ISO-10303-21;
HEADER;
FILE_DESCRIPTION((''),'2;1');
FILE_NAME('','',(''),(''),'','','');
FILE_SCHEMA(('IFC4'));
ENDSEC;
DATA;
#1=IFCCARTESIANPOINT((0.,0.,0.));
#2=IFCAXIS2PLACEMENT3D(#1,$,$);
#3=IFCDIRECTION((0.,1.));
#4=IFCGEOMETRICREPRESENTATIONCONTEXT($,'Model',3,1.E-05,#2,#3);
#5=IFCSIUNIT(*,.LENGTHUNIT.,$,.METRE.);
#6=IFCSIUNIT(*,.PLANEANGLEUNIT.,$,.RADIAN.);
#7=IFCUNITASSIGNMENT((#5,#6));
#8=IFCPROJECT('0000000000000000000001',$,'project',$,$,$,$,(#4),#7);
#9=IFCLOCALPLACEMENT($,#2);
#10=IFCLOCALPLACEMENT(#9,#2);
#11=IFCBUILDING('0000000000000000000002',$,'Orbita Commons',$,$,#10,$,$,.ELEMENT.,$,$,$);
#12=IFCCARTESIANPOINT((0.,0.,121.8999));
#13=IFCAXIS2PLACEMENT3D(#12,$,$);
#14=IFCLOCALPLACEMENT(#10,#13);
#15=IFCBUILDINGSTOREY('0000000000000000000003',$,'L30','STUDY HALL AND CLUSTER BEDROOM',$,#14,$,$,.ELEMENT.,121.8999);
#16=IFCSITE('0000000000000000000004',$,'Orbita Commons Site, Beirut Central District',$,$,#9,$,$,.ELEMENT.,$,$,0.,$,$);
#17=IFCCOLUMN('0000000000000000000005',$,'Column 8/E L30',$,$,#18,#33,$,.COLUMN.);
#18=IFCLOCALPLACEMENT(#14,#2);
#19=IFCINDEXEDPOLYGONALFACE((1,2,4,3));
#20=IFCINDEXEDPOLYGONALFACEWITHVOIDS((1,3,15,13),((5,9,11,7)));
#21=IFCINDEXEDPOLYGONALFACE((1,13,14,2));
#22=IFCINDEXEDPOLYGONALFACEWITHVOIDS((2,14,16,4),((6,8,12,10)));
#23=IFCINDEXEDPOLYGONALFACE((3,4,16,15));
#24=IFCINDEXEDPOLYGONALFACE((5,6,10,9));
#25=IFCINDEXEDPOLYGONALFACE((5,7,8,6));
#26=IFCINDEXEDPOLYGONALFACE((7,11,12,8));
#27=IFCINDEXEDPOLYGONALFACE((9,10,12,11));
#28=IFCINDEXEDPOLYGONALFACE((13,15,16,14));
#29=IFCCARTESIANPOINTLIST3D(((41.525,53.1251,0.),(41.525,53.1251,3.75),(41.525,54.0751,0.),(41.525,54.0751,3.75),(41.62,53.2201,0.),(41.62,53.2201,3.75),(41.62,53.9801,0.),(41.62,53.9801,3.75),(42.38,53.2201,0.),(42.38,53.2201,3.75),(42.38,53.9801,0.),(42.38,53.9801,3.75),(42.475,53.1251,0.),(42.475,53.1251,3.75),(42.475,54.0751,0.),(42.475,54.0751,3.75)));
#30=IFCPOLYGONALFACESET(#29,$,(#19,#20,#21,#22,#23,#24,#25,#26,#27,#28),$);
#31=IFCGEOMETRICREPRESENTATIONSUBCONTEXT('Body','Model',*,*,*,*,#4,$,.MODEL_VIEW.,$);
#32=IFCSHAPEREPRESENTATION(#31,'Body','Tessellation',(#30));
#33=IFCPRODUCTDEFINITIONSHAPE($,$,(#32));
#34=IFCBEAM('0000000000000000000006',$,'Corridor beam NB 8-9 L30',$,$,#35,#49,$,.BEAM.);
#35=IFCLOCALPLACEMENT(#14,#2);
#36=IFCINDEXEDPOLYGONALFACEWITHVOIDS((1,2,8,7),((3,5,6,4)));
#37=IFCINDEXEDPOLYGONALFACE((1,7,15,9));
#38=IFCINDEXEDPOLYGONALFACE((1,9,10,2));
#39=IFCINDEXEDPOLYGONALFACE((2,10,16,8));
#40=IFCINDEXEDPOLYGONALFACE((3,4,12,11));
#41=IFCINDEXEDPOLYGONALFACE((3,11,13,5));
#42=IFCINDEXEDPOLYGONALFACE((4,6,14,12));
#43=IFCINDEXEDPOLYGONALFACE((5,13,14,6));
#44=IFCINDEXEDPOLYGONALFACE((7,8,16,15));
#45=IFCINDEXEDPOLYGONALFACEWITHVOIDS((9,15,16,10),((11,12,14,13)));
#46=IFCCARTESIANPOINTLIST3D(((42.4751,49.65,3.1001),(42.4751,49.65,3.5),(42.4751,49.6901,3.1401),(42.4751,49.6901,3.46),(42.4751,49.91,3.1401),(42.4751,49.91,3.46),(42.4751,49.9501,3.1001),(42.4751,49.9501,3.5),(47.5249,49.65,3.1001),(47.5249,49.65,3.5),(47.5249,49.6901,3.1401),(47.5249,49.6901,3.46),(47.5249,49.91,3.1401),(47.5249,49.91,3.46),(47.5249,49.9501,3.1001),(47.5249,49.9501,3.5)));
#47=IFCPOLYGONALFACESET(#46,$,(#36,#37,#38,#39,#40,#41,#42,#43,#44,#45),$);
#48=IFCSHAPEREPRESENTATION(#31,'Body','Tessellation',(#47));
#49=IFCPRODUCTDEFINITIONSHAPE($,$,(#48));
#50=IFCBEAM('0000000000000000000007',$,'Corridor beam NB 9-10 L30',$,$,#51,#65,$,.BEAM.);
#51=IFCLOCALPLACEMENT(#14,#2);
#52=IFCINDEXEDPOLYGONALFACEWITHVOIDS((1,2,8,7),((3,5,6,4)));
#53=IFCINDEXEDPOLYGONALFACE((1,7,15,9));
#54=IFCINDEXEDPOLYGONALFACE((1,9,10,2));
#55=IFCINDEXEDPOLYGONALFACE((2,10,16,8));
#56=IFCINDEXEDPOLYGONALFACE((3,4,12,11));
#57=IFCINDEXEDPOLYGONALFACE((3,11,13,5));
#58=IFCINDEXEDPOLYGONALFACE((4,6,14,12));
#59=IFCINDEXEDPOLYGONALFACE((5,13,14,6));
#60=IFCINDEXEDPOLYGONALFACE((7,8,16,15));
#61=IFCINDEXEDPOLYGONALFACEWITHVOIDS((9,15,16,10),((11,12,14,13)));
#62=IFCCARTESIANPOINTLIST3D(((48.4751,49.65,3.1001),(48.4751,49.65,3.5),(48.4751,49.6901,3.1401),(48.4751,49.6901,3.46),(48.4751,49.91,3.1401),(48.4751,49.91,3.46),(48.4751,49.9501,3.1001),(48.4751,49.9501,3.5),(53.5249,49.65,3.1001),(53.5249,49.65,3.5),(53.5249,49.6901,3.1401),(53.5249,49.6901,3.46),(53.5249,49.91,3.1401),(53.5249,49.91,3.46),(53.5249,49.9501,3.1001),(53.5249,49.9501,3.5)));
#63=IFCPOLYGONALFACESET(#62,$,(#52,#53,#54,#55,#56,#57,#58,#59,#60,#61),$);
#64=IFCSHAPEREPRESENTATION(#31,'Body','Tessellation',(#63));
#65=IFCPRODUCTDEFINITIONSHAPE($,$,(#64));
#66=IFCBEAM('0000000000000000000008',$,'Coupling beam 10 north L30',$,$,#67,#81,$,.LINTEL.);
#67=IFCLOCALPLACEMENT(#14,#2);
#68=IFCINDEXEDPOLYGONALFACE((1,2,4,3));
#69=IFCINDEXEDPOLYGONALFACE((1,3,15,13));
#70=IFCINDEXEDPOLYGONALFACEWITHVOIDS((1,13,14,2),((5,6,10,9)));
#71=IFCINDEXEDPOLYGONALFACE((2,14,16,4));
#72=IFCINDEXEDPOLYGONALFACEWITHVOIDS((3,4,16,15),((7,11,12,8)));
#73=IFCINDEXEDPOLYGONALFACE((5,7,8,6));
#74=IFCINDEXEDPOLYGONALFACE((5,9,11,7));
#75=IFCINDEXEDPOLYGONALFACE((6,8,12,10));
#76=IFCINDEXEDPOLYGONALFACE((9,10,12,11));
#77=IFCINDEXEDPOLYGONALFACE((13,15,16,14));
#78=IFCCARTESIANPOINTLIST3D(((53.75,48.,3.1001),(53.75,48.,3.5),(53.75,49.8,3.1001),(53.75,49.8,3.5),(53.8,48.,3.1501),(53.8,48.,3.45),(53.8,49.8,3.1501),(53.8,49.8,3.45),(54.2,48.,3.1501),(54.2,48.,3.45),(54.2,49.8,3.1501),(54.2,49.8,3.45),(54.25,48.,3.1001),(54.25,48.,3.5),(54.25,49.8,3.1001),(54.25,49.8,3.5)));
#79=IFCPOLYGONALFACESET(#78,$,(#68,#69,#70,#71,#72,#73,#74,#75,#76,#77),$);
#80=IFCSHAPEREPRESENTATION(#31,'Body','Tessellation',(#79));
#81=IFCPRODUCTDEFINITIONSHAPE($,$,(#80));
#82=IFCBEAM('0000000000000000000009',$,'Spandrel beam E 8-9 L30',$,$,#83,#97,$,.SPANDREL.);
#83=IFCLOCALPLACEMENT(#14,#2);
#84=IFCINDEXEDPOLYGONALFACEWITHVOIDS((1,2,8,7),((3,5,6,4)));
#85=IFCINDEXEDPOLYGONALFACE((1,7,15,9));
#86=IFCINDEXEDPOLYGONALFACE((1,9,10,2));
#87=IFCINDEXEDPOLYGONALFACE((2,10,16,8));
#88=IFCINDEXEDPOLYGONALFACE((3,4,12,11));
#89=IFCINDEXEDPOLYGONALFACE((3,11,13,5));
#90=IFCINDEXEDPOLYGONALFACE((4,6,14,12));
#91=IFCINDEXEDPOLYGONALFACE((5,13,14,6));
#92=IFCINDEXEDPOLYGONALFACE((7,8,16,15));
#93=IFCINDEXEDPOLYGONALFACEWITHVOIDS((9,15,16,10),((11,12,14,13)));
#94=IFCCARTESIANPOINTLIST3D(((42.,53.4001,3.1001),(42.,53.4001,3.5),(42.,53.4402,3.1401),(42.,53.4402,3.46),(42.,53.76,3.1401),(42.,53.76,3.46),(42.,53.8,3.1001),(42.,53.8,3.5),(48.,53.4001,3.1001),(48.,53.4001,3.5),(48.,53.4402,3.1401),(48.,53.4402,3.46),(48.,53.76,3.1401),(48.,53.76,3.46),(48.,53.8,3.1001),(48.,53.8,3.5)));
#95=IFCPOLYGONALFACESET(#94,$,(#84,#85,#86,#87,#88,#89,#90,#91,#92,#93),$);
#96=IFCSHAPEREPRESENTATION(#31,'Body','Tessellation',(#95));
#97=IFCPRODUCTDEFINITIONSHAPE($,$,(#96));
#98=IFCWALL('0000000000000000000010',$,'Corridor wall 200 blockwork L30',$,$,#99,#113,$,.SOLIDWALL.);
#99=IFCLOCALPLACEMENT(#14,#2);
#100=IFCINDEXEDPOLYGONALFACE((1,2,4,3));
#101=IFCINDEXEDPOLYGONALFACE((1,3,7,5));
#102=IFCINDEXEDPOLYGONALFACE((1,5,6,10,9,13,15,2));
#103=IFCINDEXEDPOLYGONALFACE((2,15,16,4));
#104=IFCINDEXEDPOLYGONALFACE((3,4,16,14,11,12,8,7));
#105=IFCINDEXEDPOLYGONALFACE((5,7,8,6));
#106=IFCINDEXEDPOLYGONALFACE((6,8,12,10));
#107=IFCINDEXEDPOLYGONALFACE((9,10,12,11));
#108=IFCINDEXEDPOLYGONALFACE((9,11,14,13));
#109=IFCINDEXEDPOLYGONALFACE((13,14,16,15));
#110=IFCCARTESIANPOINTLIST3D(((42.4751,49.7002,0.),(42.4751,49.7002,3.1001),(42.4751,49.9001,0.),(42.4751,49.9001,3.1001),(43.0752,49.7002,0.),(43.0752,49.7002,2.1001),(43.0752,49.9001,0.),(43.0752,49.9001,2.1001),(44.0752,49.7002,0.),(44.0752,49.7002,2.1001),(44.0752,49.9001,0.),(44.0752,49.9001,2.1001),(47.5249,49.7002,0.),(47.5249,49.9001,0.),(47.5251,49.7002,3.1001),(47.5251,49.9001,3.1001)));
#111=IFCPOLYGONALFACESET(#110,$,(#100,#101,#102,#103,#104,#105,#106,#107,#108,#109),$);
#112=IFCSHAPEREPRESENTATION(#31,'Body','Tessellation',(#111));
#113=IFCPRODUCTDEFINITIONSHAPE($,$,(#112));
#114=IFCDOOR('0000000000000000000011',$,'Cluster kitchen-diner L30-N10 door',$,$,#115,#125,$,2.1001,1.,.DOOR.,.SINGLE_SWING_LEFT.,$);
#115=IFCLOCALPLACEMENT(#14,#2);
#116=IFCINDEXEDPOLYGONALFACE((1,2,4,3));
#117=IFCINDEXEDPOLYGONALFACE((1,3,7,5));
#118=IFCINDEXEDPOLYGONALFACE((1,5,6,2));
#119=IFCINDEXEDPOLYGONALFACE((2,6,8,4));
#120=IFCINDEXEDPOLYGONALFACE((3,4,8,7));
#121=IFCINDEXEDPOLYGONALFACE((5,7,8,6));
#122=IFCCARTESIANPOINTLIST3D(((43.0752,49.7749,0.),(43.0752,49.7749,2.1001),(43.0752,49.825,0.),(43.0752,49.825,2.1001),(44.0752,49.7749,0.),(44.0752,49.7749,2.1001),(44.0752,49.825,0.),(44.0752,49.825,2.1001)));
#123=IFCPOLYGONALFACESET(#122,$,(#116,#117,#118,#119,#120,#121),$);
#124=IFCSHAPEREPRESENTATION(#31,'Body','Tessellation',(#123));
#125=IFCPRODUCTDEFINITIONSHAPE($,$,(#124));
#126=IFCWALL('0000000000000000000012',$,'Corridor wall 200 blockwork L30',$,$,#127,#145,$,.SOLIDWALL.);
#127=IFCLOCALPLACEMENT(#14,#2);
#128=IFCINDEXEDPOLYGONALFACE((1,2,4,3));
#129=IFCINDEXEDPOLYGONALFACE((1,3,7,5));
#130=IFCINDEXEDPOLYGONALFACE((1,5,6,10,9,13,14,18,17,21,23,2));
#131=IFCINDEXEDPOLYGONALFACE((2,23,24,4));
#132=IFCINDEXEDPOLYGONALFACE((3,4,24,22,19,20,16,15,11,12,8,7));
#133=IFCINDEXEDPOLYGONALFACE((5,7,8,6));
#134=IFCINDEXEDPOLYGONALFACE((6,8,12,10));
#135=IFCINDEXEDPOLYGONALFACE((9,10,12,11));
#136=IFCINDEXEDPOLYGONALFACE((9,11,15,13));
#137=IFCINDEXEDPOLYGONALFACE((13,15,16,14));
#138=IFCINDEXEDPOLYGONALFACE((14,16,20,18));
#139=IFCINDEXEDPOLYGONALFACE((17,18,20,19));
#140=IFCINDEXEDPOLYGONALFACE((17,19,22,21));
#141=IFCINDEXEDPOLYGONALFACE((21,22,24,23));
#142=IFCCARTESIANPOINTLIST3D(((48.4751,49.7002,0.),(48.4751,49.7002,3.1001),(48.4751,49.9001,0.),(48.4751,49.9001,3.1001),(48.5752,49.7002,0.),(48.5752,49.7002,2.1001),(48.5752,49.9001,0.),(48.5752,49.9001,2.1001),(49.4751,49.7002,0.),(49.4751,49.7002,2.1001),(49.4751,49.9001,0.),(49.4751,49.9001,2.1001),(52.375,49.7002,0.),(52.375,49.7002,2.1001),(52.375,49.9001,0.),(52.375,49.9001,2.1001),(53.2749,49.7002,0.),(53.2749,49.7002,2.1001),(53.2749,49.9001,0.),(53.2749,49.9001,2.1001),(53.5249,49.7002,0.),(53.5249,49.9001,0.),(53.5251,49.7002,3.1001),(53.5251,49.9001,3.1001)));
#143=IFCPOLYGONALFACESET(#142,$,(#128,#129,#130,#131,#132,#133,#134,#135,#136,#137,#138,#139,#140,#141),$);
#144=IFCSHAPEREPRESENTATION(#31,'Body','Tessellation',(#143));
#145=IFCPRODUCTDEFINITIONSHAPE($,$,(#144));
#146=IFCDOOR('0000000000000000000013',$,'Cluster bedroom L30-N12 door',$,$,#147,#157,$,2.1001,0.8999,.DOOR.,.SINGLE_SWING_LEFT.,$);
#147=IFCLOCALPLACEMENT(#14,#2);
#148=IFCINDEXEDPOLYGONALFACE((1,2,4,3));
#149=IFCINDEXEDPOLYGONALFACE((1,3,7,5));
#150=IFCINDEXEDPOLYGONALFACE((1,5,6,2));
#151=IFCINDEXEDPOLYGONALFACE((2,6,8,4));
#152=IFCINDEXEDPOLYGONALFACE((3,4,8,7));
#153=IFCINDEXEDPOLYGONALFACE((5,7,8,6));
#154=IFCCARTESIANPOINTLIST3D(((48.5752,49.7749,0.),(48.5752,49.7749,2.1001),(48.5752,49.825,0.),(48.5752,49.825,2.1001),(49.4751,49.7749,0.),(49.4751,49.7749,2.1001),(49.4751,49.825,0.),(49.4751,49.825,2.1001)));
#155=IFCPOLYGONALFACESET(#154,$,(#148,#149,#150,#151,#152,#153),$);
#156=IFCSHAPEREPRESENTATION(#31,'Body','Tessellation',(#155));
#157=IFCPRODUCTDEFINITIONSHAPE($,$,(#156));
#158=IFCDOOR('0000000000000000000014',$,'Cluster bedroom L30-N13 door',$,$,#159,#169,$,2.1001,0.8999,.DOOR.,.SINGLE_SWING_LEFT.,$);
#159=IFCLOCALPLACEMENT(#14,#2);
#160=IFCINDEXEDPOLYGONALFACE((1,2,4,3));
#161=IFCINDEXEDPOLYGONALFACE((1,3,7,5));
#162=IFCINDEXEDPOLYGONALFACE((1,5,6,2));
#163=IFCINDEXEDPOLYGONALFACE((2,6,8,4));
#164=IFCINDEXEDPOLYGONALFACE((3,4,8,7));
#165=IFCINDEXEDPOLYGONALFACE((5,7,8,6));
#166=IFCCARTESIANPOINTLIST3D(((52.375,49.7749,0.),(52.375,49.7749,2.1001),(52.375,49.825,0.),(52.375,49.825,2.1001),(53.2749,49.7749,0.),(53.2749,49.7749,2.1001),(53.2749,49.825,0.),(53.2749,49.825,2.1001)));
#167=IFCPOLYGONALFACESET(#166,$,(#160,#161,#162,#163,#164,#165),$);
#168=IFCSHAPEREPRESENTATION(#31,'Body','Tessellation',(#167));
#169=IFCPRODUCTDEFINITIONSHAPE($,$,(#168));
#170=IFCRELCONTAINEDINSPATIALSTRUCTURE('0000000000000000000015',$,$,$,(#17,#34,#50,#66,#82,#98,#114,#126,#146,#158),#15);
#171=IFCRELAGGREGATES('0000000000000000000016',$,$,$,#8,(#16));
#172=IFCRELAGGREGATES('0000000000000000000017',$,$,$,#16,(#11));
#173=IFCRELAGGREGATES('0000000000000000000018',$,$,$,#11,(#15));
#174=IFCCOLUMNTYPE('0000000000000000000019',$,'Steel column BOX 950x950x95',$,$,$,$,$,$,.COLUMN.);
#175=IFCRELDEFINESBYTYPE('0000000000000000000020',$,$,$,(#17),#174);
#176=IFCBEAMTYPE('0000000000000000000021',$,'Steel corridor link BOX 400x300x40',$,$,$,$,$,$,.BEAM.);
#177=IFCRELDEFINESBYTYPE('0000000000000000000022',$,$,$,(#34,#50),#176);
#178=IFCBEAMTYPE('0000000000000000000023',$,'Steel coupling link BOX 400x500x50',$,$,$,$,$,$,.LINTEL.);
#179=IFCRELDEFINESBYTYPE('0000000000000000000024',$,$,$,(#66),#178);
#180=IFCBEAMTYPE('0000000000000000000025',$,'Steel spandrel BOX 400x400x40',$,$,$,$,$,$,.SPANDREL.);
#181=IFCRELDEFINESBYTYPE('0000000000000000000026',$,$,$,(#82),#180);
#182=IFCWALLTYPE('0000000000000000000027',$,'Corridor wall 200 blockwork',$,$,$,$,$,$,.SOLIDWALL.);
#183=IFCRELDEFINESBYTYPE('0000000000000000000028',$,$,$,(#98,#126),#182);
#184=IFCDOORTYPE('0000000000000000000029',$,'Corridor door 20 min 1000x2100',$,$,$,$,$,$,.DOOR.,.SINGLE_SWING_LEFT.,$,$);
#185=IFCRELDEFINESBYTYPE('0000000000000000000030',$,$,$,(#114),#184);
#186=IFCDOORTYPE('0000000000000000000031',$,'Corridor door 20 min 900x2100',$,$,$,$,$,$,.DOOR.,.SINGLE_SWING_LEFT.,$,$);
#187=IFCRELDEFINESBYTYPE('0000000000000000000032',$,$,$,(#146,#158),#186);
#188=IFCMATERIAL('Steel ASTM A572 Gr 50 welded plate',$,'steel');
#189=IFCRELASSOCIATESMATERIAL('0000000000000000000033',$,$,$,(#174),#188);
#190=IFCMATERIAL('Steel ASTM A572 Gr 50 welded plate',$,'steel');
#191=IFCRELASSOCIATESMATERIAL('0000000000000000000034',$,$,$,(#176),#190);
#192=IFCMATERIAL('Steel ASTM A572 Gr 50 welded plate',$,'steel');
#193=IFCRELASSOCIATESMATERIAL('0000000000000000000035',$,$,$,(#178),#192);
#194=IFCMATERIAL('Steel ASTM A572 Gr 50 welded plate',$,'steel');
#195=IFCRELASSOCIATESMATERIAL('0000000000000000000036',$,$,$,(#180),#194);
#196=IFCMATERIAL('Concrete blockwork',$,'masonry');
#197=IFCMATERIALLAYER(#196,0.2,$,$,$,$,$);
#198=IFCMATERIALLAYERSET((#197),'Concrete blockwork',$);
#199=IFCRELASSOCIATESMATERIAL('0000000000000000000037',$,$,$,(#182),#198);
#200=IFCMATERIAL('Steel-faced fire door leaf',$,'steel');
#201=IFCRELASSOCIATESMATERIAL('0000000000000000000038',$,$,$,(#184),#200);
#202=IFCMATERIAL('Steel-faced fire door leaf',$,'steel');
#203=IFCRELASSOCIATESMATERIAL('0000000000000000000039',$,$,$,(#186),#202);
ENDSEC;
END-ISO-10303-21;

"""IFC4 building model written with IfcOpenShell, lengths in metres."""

from ifc_helpers import new_model, si_unit, direction, frame, frame_2d, origin, origin_2d, place, context, subcontext, project, spatial, polyline, rectangle, hollow_rectangle, outline, extrude, material, layer, layer_set, material_profile, profile_set, type_object, element, fill, save


model = new_model("IFC4")

# Units and contexts
model_context = context("Model", 3, precision=1e-05, world=origin(), true_north=direction((0.0, 1.0)))
body_context = subcontext(model_context, "Body", "Model", "MODEL_VIEW")
ifc_project = project(units=[si_unit("LENGTHUNIT", "METRE"), si_unit("PLANEANGLEUNIT", "RADIAN")], contexts=[model_context])

# Site, building, storey
site_placement = place(None, origin())
site = spatial("IfcSite", under=ifc_project, at=site_placement, Name="Orbita Commons Site, Beirut Central District", CompositionType="ELEMENT", RefElevation=0.0)
building_placement = place(site_placement, origin())
building = spatial("IfcBuilding", under=site, at=building_placement, Name="Orbita Commons", CompositionType="ELEMENT")
storey_placement = place(building_placement, frame((0.0, 0.0, 121.8999)))
storey = spatial("IfcBuildingStorey", under=building, at=storey_placement, Name="L30", Description="STUDY HALL AND CLUSTER BEDROOM", CompositionType="ELEMENT", Elevation=121.8999)

# Column
ifc_material_1 = material(Name="Steel ASTM A572 Gr 50 welded plate", Category="steel")
ifc_material_profile_1 = material_profile(ifc_material_1, hollow_rectangle(XDim=0.95, YDim=0.95, WallThickness=0.095, at=origin_2d()), Name="BOX 950x950x95")
ifc_profile_set_1 = profile_set([ifc_material_profile_1], Name="Steel ASTM A572 Gr 50 welded plate")
column_type = type_object("IfcColumnType", Name="Steel column BOX 950x950x95", PredefinedType="COLUMN", material=ifc_profile_set_1)
column_placement = place(storey_placement, frame((42.0, 53.6001, 0.0), z_axis=(0.0, 0.0, 1.0), x_axis=(1.0, 0.0, 0.0)))
element("IfcColumn", 1, at=column_placement, inside=storey, type_object=column_type, Name="Column 8/E L30", PredefinedType="COLUMN", context=body_context, shape_type="SweptSolid", body=[
    extrude(hollow_rectangle(XDim=0.95, YDim=0.95, WallThickness=0.095, at=origin_2d()), origin(), (0.0, 0.0, 1.0), 3.75),
])

# Beams
ifc_material_2 = material(Name="Steel ASTM A572 Gr 50 welded plate", Category="steel")
ifc_material_profile_2 = material_profile(ifc_material_2, hollow_rectangle(XDim=0.3, YDim=0.3999, WallThickness=0.04, at=origin_2d()), Name="BOX 400x300x40")
ifc_profile_set_2 = profile_set([ifc_material_profile_2], Name="Steel ASTM A572 Gr 50 welded plate")
beam_type_1 = type_object("IfcBeamType", Name="Steel corridor link BOX 400x300x40", PredefinedType="BEAM", material=ifc_profile_set_2)
for number, where, z_axis, x_axis, name in (
    (2, (42.4751, 49.8, 3.3), (1.0, 0.0, 0.0), (0.0, 1.0, 0.0), "Corridor beam NB 8-9 L30"),
    (3, (48.4751, 49.8, 3.3), (1.0, 0.0, 0.0), (0.0, 1.0, 0.0), "Corridor beam NB 9-10 L30"),
):
    element("IfcBeam", number, at=place(storey_placement, frame(where, z_axis=z_axis, x_axis=x_axis)), inside=storey, type_object=beam_type_1, Name=name, PredefinedType="BEAM", context=body_context, shape_type="SweptSolid", body=[
        extrude(hollow_rectangle(XDim=0.3, YDim=0.3999, WallThickness=0.04, at=origin_2d()), origin(), (0.0, 0.0, 1.0), 5.0498),
    ])
ifc_material_3 = material(Name="Steel ASTM A572 Gr 50 welded plate", Category="steel")
ifc_material_profile_3 = material_profile(ifc_material_3, hollow_rectangle(XDim=0.5, YDim=0.3999, WallThickness=0.05, at=origin_2d()), Name="BOX 400x500x50")
ifc_profile_set_3 = profile_set([ifc_material_profile_3], Name="Steel ASTM A572 Gr 50 welded plate")
beam_type_2 = type_object("IfcBeamType", Name="Steel coupling link BOX 400x500x50", PredefinedType="LINTEL", material=ifc_profile_set_3)
beam_1_placement = place(storey_placement, frame((54.0, 48.0, 3.3), z_axis=(0.0, 1.0, 0.0), x_axis=(-1.0, 0.0, 0.0)))
element("IfcBeam", 4, at=beam_1_placement, inside=storey, type_object=beam_type_2, Name="Coupling beam 10 north L30", PredefinedType="LINTEL", context=body_context, shape_type="SweptSolid", body=[
    extrude(hollow_rectangle(XDim=0.5, YDim=0.3999, WallThickness=0.05, at=origin_2d()), origin(), (0.0, 0.0, 1.0), 1.8),
])
ifc_material_4 = material(Name="Steel ASTM A572 Gr 50 welded plate", Category="steel")
ifc_material_profile_4 = material_profile(ifc_material_4, hollow_rectangle(XDim=0.3999, YDim=0.3999, WallThickness=0.04, at=origin_2d()), Name="BOX 400x400x40")
ifc_profile_set_4 = profile_set([ifc_material_profile_4], Name="Steel ASTM A572 Gr 50 welded plate")
beam_type_3 = type_object("IfcBeamType", Name="Steel spandrel BOX 400x400x40", PredefinedType="SPANDREL", material=ifc_profile_set_4)
beam_2_placement = place(storey_placement, frame((42.0, 53.6001, 3.3), z_axis=(1.0, 0.0, 0.0), x_axis=(0.0, 1.0, 0.0)))
element("IfcBeam", 5, at=beam_2_placement, inside=storey, type_object=beam_type_3, Name="Spandrel beam E 8-9 L30", PredefinedType="SPANDREL", context=body_context, shape_type="SweptSolid", body=[
    extrude(hollow_rectangle(XDim=0.3999, YDim=0.3999, WallThickness=0.04, at=origin_2d()), origin(), (0.0, 0.0, 1.0), 6.0),
])

# Wall, opening, door
ifc_material_5 = material(Name="Concrete blockwork", Category="masonry")
ifc_layer_1 = layer(ifc_material_5, 0.2)
ifc_layer_set_1 = layer_set([ifc_layer_1], Name="Concrete blockwork")
wall_type_1 = type_object("IfcWallType", Name="Corridor wall 200 blockwork", PredefinedType="SOLIDWALL", material=ifc_layer_set_1)
wall_1_placement = place(storey_placement, frame((42.4751, 49.8, 0.0), z_axis=(0.0, 0.0, 1.0), x_axis=(1.0, 0.0, 0.0)))
wall_1 = element("IfcWall", 6, at=wall_1_placement, inside=storey, type_object=wall_type_1, Name="Corridor wall 200 blockwork L30", PredefinedType="SOLIDWALL", context=body_context, shape_type="SweptSolid", body=[
    extrude(outline(polyline([(0.0, 0.0), (5.0498, 0.0), (5.05, 3.1001), (0.0, 3.1001), (0.0, 0.0)])), frame((0.0, 0.1001, 0.0), z_axis=(0.0, -1.0, 0.0), x_axis=(1.0, 0.0, 0.0)), (0.0, 0.0, 1.0), 0.2),
])
opening_1_placement = place(wall_1_placement, frame((0.6001, 0.0, 0.0)))
opening_1 = element("IfcOpeningElement", 7, at=opening_1_placement, cuts=wall_1, PredefinedType="OPENING", context=body_context, shape_type="SweptSolid", body=[
    extrude(rectangle(XDim=1.0, YDim=2.1001, at=frame_2d((0.5, 1.05))), frame((0.0, 0.1099, 0.0), z_axis=(0.0, -1.0, 0.0), x_axis=(1.0, 0.0, 0.0)), (0.0, 0.0, 1.0), 0.22),
])
ifc_material_6 = material(Name="Steel-faced fire door leaf", Category="steel")
door_type_1 = type_object("IfcDoorType", Name="Corridor door 20 min 1000x2100", OperationType="SINGLE_SWING_LEFT", PredefinedType="DOOR", material=ifc_material_6)
door_1_placement = place(opening_1_placement, origin())
door_1 = element("IfcDoor", 8, at=door_1_placement, inside=storey, type_object=door_type_1, Name="Cluster kitchen-diner L30-N10 door", OperationType="SINGLE_SWING_LEFT", OverallHeight=2.1001, OverallWidth=1.0, PredefinedType="DOOR", context=body_context, shape_type="SweptSolid", body=[
    extrude(rectangle(XDim=1.0, YDim=2.1001, at=frame_2d((0.5, 1.05))), frame((0.0, 0.0249, 0.0), z_axis=(0.0, -1.0, 0.0), x_axis=(1.0, 0.0, 0.0)), (0.0, 0.0, 1.0), 0.05),
])
fill(opening_1, door_1)

# Wall, openings, doors
wall_2_placement = place(storey_placement, frame((48.4751, 49.8, 0.0), z_axis=(0.0, 0.0, 1.0), x_axis=(1.0, 0.0, 0.0)))
wall_2 = element("IfcWall", 9, at=wall_2_placement, inside=storey, type_object=wall_type_1, Name="Corridor wall 200 blockwork L30", PredefinedType="SOLIDWALL", context=body_context, shape_type="SweptSolid", body=[
    extrude(outline(polyline([(0.0, 0.0), (5.0498, 0.0), (5.05, 3.1001), (0.0, 3.1001), (0.0, 0.0)])), frame((0.0, 0.1001, 0.0), z_axis=(0.0, -1.0, 0.0), x_axis=(1.0, 0.0, 0.0)), (0.0, 0.0, 1.0), 0.2),
])
opening_2_placement = place(wall_2_placement, frame((0.1001, 0.0, 0.0)))
opening_2 = element("IfcOpeningElement", 10, at=opening_2_placement, cuts=wall_2, PredefinedType="OPENING", context=body_context, shape_type="SweptSolid", body=[
    extrude(rectangle(XDim=0.8999, YDim=2.1001, at=frame_2d((0.45, 1.05))), frame((0.0, 0.1099, 0.0), z_axis=(0.0, -1.0, 0.0), x_axis=(1.0, 0.0, 0.0)), (0.0, 0.0, 1.0), 0.22),
])
opening_3_placement = place(wall_2_placement, frame((3.8999, 0.0, 0.0)))
opening_3 = element("IfcOpeningElement", 11, at=opening_3_placement, cuts=wall_2, PredefinedType="OPENING", context=body_context, shape_type="SweptSolid", body=[
    extrude(rectangle(XDim=0.8999, YDim=2.1001, at=frame_2d((0.45, 1.05))), frame((0.0, 0.1099, 0.0), z_axis=(0.0, -1.0, 0.0), x_axis=(1.0, 0.0, 0.0)), (0.0, 0.0, 1.0), 0.22),
])
ifc_material_7 = material(Name="Steel-faced fire door leaf", Category="steel")
door_type_2 = type_object("IfcDoorType", Name="Corridor door 20 min 900x2100", OperationType="SINGLE_SWING_LEFT", PredefinedType="DOOR", material=ifc_material_7)
door_2_placement = place(opening_2_placement, origin())
door_2 = element("IfcDoor", 12, at=door_2_placement, inside=storey, type_object=door_type_2, Name="Cluster bedroom L30-N12 door", OperationType="SINGLE_SWING_LEFT", OverallHeight=2.1001, OverallWidth=0.8999, PredefinedType="DOOR", context=body_context, shape_type="SweptSolid", body=[
    extrude(rectangle(XDim=0.8999, YDim=2.1001, at=frame_2d((0.45, 1.05))), frame((0.0, 0.0249, 0.0), z_axis=(0.0, -1.0, 0.0), x_axis=(1.0, 0.0, 0.0)), (0.0, 0.0, 1.0), 0.05),
])
fill(opening_2, door_2)
door_3_placement = place(opening_3_placement, origin())
door_3 = element("IfcDoor", 13, at=door_3_placement, inside=storey, type_object=door_type_2, Name="Cluster bedroom L30-N13 door", OperationType="SINGLE_SWING_LEFT", OverallHeight=2.1001, OverallWidth=0.8999, PredefinedType="DOOR", context=body_context, shape_type="SweptSolid", body=[
    extrude(rectangle(XDim=0.8999, YDim=2.1001, at=frame_2d((0.45, 1.05))), frame((0.0, 0.0249, 0.0), z_axis=(0.0, -1.0, 0.0), x_axis=(1.0, 0.0, 0.0)), (0.0, 0.0, 1.0), 0.05),
])
fill(opening_3, door_3)

save(model, "model.ifc")
